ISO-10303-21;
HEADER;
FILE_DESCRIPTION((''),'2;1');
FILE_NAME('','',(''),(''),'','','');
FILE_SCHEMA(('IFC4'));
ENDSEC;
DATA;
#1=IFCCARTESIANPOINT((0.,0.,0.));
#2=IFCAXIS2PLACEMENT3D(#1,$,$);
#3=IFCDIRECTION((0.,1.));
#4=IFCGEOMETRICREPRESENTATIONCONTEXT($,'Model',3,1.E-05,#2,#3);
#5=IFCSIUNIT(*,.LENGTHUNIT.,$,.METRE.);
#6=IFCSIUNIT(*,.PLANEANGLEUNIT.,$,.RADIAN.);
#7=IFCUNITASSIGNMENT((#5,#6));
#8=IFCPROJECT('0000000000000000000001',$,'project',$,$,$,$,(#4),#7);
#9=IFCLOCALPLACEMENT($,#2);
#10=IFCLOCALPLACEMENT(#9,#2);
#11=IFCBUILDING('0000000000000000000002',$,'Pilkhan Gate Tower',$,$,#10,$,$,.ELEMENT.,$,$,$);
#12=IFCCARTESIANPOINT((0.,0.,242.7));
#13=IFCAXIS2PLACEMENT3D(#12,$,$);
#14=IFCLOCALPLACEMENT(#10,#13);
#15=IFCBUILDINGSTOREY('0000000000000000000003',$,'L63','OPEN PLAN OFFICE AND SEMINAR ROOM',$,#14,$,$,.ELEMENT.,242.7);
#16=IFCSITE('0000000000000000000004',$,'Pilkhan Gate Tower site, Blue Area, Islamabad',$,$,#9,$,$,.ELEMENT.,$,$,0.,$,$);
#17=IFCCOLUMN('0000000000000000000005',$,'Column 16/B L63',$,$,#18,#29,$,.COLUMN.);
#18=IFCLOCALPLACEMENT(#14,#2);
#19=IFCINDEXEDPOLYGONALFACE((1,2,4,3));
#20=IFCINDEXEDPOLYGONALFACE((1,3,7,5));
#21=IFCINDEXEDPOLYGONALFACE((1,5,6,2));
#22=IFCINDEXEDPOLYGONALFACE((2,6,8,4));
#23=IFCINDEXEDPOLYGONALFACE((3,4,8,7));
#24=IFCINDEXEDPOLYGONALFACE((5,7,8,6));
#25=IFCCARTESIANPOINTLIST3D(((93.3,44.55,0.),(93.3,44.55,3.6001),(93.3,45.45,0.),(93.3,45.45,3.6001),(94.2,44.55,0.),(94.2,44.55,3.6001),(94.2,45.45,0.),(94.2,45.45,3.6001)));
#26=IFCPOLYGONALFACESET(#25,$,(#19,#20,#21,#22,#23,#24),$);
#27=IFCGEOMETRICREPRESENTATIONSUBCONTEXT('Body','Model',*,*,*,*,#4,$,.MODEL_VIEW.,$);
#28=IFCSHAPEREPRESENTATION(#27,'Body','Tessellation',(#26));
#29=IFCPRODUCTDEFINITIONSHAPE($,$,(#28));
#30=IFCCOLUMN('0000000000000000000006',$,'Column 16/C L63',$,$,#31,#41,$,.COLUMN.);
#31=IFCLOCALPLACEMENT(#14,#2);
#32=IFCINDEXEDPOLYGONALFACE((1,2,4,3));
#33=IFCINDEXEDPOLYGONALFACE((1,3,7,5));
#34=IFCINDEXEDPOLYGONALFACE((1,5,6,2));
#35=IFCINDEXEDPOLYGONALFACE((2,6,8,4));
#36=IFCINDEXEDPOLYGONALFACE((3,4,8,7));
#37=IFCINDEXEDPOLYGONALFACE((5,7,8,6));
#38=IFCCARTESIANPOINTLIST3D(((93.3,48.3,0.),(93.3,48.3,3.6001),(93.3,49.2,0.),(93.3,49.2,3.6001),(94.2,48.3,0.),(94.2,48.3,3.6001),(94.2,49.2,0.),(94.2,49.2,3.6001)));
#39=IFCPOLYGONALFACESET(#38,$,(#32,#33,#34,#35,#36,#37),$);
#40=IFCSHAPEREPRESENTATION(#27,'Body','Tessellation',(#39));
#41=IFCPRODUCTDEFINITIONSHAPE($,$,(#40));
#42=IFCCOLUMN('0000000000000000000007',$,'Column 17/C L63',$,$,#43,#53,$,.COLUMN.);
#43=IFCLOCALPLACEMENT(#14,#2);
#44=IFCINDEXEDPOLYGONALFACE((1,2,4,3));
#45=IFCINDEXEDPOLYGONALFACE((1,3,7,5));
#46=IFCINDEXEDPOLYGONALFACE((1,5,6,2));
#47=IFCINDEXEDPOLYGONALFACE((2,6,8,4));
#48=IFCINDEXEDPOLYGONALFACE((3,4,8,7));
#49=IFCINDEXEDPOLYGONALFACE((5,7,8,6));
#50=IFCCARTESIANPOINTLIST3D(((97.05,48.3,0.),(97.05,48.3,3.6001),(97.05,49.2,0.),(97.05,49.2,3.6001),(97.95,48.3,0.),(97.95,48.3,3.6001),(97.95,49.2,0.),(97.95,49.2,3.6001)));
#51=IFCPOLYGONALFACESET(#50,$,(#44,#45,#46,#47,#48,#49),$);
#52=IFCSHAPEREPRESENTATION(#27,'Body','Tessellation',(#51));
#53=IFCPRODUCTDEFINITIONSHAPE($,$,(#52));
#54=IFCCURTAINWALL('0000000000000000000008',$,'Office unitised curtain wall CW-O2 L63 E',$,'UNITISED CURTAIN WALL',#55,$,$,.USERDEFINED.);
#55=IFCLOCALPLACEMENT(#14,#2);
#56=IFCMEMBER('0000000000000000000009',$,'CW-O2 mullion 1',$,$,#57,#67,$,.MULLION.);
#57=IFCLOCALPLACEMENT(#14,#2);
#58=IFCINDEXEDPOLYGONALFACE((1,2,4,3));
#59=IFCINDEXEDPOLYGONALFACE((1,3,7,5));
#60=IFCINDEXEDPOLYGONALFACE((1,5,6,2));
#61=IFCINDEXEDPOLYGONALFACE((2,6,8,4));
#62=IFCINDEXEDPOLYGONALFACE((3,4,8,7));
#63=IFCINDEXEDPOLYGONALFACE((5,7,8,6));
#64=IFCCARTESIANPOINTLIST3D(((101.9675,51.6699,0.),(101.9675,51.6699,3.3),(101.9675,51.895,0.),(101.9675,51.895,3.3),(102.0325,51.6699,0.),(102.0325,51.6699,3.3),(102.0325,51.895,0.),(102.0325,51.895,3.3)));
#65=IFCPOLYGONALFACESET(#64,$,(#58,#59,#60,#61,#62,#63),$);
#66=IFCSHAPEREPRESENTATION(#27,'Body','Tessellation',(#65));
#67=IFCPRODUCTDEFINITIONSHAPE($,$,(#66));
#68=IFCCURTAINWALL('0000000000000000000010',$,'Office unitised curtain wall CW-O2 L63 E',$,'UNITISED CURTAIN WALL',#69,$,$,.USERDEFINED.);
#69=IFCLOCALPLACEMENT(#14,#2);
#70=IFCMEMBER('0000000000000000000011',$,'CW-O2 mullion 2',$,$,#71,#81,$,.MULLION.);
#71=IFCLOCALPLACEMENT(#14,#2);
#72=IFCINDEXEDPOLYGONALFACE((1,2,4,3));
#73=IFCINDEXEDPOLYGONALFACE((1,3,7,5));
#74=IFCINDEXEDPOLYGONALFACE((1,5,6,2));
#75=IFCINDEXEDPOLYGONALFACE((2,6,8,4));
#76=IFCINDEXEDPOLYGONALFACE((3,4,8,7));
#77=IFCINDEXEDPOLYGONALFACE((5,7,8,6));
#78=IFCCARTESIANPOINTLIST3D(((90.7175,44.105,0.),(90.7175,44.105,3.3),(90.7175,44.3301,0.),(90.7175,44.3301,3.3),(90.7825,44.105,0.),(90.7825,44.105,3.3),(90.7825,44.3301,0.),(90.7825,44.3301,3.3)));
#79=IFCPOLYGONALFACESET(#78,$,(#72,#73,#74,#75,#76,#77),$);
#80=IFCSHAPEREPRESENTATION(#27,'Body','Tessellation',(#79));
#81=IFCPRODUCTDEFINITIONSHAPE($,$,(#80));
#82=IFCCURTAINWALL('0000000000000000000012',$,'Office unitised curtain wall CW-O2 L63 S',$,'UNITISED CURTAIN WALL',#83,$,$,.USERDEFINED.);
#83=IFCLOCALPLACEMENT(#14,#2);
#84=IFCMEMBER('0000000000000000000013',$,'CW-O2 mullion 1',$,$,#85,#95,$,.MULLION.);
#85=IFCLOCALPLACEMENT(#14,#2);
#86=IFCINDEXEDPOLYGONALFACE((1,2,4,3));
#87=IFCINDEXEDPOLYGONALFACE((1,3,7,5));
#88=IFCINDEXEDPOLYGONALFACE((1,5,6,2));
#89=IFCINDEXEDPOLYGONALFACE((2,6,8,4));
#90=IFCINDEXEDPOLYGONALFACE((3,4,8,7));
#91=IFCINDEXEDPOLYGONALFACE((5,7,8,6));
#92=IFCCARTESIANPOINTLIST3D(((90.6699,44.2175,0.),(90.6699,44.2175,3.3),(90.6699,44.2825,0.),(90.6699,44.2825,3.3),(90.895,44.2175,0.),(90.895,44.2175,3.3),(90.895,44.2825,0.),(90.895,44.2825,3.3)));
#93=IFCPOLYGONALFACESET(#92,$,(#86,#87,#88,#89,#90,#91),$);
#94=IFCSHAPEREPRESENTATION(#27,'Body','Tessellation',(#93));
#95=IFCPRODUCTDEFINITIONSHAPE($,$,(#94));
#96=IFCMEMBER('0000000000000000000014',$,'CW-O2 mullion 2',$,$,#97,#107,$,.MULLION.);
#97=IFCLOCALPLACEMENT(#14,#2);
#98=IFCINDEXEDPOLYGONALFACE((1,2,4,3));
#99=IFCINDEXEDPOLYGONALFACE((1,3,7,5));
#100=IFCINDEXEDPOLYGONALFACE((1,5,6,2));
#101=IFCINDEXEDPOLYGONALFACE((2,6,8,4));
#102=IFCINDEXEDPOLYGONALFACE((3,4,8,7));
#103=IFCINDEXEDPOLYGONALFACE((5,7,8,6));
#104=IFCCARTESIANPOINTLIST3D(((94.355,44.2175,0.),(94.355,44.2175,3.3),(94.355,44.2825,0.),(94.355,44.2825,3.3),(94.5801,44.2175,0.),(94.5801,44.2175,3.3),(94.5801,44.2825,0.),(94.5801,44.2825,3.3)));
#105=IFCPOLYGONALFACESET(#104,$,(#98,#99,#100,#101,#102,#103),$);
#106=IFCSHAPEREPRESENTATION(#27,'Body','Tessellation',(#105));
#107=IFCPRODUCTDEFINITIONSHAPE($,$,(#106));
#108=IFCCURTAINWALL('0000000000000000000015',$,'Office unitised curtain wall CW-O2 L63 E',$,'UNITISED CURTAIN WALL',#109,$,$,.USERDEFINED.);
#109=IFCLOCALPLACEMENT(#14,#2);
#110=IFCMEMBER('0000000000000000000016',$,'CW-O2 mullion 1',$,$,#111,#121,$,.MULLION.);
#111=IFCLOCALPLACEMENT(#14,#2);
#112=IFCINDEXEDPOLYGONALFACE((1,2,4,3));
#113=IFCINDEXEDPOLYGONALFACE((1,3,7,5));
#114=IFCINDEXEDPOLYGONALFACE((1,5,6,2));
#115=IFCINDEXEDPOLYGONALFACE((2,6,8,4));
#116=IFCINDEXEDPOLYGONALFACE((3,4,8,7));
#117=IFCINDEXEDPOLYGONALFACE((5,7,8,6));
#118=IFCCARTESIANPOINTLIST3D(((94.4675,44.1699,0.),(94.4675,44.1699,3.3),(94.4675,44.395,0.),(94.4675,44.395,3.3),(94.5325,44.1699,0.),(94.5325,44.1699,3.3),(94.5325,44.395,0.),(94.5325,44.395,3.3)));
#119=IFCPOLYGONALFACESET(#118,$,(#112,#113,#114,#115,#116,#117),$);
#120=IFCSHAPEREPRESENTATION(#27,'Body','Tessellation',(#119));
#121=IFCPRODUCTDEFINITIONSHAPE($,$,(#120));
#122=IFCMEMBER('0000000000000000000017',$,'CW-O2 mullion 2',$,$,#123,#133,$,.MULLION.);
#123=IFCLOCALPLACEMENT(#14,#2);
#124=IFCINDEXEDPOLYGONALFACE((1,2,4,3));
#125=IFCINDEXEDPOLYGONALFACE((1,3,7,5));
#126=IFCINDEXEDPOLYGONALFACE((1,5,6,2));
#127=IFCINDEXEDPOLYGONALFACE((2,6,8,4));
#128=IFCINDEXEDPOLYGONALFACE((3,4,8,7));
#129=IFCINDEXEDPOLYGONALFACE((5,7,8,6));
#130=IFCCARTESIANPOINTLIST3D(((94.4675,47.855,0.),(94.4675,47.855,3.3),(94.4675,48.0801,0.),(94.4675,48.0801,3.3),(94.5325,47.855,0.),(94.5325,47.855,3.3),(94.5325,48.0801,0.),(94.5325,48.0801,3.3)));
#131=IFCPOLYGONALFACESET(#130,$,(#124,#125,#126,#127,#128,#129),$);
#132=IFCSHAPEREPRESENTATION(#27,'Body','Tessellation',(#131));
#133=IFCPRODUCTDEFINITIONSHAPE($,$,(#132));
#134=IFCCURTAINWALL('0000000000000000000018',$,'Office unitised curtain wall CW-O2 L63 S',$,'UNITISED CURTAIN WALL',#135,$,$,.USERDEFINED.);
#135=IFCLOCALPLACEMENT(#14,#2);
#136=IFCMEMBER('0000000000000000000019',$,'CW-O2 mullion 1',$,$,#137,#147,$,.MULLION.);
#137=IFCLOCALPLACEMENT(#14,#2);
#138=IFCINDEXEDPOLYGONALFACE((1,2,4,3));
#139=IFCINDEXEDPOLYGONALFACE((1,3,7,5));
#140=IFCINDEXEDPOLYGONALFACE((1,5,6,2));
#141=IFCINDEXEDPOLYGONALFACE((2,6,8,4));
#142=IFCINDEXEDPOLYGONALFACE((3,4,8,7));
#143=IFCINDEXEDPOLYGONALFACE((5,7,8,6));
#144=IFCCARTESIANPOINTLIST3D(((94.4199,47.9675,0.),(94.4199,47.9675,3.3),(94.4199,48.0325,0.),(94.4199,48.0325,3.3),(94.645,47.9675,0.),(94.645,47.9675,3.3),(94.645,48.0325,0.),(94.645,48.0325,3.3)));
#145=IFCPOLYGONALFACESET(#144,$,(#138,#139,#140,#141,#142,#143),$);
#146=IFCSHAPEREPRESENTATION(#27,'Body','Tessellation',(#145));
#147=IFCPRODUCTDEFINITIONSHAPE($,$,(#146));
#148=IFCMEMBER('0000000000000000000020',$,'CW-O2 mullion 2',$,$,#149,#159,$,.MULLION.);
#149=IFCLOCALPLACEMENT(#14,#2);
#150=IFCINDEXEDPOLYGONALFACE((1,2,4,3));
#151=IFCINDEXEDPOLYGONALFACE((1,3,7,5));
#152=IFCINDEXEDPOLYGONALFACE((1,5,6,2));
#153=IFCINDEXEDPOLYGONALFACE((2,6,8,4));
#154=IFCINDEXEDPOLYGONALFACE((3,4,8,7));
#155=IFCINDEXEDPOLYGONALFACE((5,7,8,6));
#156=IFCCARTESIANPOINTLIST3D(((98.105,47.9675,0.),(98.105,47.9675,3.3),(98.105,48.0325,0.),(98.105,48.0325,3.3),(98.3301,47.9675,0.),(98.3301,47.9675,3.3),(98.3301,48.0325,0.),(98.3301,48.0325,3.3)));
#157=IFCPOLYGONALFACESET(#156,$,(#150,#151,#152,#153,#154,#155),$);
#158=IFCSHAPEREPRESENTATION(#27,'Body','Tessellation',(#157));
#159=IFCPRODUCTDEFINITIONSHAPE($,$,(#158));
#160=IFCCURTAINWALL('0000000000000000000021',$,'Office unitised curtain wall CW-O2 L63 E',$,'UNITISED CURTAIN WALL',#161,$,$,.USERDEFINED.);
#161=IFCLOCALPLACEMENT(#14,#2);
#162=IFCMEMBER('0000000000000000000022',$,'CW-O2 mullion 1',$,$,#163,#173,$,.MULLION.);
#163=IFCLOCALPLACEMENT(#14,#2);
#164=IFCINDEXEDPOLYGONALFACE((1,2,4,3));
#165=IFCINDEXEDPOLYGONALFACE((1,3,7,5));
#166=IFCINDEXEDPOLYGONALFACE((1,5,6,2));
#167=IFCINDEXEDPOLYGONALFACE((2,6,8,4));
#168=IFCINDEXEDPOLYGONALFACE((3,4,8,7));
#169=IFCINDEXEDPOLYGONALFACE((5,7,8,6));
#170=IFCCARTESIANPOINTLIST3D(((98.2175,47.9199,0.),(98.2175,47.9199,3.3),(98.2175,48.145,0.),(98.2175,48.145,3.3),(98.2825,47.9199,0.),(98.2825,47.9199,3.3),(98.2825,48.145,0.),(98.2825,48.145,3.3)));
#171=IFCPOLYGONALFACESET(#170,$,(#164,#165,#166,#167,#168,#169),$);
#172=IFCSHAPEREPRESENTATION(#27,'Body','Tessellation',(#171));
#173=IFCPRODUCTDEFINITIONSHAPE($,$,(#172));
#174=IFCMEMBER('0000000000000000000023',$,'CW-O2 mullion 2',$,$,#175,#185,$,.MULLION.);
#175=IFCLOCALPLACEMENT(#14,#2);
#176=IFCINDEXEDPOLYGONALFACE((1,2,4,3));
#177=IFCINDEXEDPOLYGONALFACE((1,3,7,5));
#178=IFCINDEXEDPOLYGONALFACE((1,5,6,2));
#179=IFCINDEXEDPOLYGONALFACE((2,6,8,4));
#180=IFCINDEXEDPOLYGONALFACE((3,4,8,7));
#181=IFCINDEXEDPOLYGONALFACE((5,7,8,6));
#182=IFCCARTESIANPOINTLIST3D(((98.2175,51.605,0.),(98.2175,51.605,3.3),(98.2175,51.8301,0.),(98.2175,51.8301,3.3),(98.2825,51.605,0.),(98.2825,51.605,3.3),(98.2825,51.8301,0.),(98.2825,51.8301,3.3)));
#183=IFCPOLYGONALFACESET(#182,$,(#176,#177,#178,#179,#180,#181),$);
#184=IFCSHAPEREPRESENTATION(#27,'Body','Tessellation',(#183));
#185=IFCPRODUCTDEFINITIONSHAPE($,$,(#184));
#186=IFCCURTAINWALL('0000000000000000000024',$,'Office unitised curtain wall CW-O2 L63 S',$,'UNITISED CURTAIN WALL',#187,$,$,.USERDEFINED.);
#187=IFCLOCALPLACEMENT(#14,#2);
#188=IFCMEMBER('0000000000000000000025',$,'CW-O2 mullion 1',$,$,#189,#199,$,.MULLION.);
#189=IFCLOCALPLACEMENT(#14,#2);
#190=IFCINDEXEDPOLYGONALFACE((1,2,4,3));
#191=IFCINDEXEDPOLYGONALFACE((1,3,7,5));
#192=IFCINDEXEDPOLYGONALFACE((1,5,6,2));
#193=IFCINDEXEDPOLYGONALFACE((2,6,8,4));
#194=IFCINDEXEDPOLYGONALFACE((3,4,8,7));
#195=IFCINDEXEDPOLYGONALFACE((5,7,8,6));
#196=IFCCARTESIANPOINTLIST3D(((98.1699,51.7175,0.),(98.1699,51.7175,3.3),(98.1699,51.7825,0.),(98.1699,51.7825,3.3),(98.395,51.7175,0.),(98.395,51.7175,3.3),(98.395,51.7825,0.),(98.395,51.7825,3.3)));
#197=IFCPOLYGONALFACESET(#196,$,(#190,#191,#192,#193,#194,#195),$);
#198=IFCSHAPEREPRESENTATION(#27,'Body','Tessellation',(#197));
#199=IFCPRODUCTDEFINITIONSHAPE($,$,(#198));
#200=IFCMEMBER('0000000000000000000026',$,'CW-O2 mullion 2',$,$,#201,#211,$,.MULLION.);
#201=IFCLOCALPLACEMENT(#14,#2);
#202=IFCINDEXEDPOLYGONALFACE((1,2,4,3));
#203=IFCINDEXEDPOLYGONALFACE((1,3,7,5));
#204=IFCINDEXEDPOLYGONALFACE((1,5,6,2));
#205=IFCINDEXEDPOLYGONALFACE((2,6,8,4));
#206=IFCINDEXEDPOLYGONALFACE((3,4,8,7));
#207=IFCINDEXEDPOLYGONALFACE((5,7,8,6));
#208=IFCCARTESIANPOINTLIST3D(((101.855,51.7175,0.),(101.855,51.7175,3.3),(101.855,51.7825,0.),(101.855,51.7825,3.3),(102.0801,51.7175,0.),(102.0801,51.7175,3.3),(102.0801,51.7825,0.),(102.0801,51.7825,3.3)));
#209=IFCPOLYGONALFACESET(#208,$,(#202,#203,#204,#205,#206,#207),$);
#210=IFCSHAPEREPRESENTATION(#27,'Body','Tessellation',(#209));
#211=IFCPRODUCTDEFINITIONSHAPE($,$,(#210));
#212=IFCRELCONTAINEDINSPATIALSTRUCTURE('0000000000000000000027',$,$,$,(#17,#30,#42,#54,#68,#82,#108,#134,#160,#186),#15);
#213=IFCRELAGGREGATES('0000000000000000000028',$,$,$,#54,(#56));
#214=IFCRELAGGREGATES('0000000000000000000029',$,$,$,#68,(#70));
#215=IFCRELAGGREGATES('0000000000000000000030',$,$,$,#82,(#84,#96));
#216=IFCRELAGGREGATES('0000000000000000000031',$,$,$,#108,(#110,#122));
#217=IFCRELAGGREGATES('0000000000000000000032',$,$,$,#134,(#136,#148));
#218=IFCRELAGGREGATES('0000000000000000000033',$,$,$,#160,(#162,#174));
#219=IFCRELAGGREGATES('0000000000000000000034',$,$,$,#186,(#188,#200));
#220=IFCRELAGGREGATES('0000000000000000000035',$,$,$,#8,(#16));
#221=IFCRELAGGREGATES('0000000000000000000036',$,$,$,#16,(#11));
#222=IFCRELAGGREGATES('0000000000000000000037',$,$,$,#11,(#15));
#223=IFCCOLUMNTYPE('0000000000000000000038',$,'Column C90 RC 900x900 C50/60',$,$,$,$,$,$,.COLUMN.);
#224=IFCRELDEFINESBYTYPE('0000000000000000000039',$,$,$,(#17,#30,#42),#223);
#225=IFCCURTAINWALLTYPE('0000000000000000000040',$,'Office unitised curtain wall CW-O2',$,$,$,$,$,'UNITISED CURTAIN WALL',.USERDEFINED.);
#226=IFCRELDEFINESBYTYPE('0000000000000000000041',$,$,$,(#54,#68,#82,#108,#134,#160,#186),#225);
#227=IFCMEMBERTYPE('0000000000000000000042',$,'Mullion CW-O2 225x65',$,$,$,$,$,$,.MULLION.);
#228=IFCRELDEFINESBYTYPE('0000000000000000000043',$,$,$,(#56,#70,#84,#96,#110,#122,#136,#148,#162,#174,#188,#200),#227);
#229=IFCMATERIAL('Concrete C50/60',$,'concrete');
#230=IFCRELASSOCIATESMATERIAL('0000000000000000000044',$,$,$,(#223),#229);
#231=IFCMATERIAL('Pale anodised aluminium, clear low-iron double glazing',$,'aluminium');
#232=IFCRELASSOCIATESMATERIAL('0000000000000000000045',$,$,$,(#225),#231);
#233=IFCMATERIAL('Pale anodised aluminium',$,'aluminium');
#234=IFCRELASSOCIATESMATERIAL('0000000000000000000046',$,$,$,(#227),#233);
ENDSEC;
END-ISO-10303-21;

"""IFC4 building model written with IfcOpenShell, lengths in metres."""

from ifc_helpers import new_model, si_unit, direction, frame, origin, origin_2d, place, context, subcontext, project, spatial, rectangle, extrude, material, material_profile, profile_set, type_object, element, aggregate, save


model = new_model("IFC4")

# Units and contexts
model_context = context("Model", 3, precision=1e-05, world=origin(), true_north=direction((0.0, 1.0)))
body_context = subcontext(model_context, "Body", "Model", "MODEL_VIEW")
ifc_project = project(units=[si_unit("LENGTHUNIT", "METRE"), si_unit("PLANEANGLEUNIT", "RADIAN")], contexts=[model_context])

# Site, building, storey
site_placement = place(None, origin())
site = spatial("IfcSite", under=ifc_project, at=site_placement, Name="Pilkhan Gate Tower site, Blue Area, Islamabad", CompositionType="ELEMENT", RefElevation=0.0)
building_placement = place(site_placement, origin())
building = spatial("IfcBuilding", under=site, at=building_placement, Name="Pilkhan Gate Tower", CompositionType="ELEMENT")
storey_placement = place(building_placement, frame((0.0, 0.0, 242.7)))
storey = spatial("IfcBuildingStorey", under=building, at=storey_placement, Name="L63", Description="OPEN PLAN OFFICE AND SEMINAR ROOM", CompositionType="ELEMENT", Elevation=242.7)

# Columns
ifc_material_1 = material(Name="Concrete C50/60", Category="concrete")
ifc_material_profile_1 = material_profile(ifc_material_1, rectangle(XDim=0.8999, YDim=0.8999, at=origin_2d()), Name="RC 900x900")
ifc_profile_set_1 = profile_set([ifc_material_profile_1], Name="Concrete C50/60")
column_type = type_object("IfcColumnType", Name="Column C90 RC 900x900 C50/60", PredefinedType="COLUMN", material=ifc_profile_set_1)
for number, where, z_axis, x_axis, name in (
    (1, (93.75, 45.0, 0.0), (0.0, 0.0, 1.0), (1.0, 0.0, 0.0), "Column 16/B L63"),
    (2, (93.75, 48.75, 0.0), (0.0, 0.0, 1.0), (1.0, 0.0, 0.0), "Column 16/C L63"),
    (3, (97.5, 48.75, 0.0), (0.0, 0.0, 1.0), (1.0, 0.0, 0.0), "Column 17/C L63"),
):
    element("IfcColumn", number, at=place(storey_placement, frame(where, z_axis=z_axis, x_axis=x_axis)), inside=storey, type_object=column_type, Name=name, PredefinedType="COLUMN", context=body_context, shape_type="SweptSolid", body=[
        extrude(rectangle(XDim=0.8999, YDim=0.8999, at=origin_2d()), origin(), (0.0, 0.0, 1.0), 3.6001),
    ])

# Curtain walls, members
ifc_material_2 = material(Name="Pale anodised aluminium, clear low-iron double glazing", Category="aluminium")
curtain_wall_type = type_object("IfcCurtainWallType", Name="Office unitised curtain wall CW-O2", ElementType="UNITISED CURTAIN WALL", PredefinedType="USERDEFINED", material=ifc_material_2)
curtain_wall_1_placement = place(storey_placement, origin())
curtain_wall_1 = element("IfcCurtainWall", 4, at=curtain_wall_1_placement, inside=storey, type_object=curtain_wall_type, Name="Office unitised curtain wall CW-O2 L63 E", ObjectType="UNITISED CURTAIN WALL", PredefinedType="USERDEFINED")
ifc_material_3 = material(Name="Pale anodised aluminium", Category="aluminium")
ifc_material_profile_2 = material_profile(ifc_material_3, rectangle(XDim=0.0649, YDim=0.2251, at=origin_2d()), Name="Mullion 225x65")
ifc_profile_set_2 = profile_set([ifc_material_profile_2], Name="Pale anodised aluminium")
member_type_1 = type_object("IfcMemberType", Name="Mullion CW-O2 225x65", PredefinedType="MULLION", material=ifc_profile_set_2)
member_1_placement = place(storey_placement, frame((102.0, 51.7825, 0.0), z_axis=(0.0, 0.0, 1.0), x_axis=(-1.0, 0.0, 0.0)))
member_1 = element("IfcMember", 5, at=member_1_placement, type_object=member_type_1, Name="CW-O2 mullion 1", PredefinedType="MULLION", context=body_context, shape_type="SweptSolid", body=[
    extrude(rectangle(XDim=0.0649, YDim=0.2251, at=origin_2d()), origin(), (0.0, 0.0, 1.0), 3.3),
])
curtain_wall_2_placement = place(storey_placement, origin())
curtain_wall_2 = element("IfcCurtainWall", 6, at=curtain_wall_2_placement, inside=storey, type_object=curtain_wall_type, Name="Office unitised curtain wall CW-O2 L63 E", ObjectType="UNITISED CURTAIN WALL", PredefinedType="USERDEFINED")
member_2_placement = place(storey_placement, frame((90.75, 44.2175, 0.0), z_axis=(0.0, 0.0, 1.0), x_axis=(-1.0, 0.0, 0.0)))
member_2 = element("IfcMember", 7, at=member_2_placement, type_object=member_type_1, Name="CW-O2 mullion 2", PredefinedType="MULLION", context=body_context, shape_type="SweptSolid", body=[
    extrude(rectangle(XDim=0.0649, YDim=0.2251, at=origin_2d()), origin(), (0.0, 0.0, 1.0), 3.3),
])

# Curtain walls, members
curtain_wall_3_placement = place(storey_placement, origin())
curtain_wall_3 = element("IfcCurtainWall", 8, at=curtain_wall_3_placement, inside=storey, type_object=curtain_wall_type, Name="Office unitised curtain wall CW-O2 L63 S", ObjectType="UNITISED CURTAIN WALL", PredefinedType="USERDEFINED")
member_3_placement = place(storey_placement, frame((90.7825, 44.25, 0.0), z_axis=(0.0, 0.0, 1.0), x_axis=(0.0, 1.0, 0.0)))
member_3 = element("IfcMember", 9, at=member_3_placement, type_object=member_type_1, Name="CW-O2 mullion 1", PredefinedType="MULLION", context=body_context, shape_type="SweptSolid", body=[
    extrude(rectangle(XDim=0.0649, YDim=0.2251, at=origin_2d()), origin(), (0.0, 0.0, 1.0), 3.3),
])
member_4_placement = place(storey_placement, frame((94.4675, 44.25, 0.0), z_axis=(0.0, 0.0, 1.0), x_axis=(0.0, 1.0, 0.0)))
member_4 = element("IfcMember", 10, at=member_4_placement, type_object=member_type_1, Name="CW-O2 mullion 2", PredefinedType="MULLION", context=body_context, shape_type="SweptSolid", body=[
    extrude(rectangle(XDim=0.0649, YDim=0.2251, at=origin_2d()), origin(), (0.0, 0.0, 1.0), 3.3),
])
curtain_wall_4_placement = place(storey_placement, origin())
curtain_wall_4 = element("IfcCurtainWall", 11, at=curtain_wall_4_placement, inside=storey, type_object=curtain_wall_type, Name="Office unitised curtain wall CW-O2 L63 E", ObjectType="UNITISED CURTAIN WALL", PredefinedType="USERDEFINED")
member_5_placement = place(storey_placement, frame((94.5, 44.2825, 0.0), z_axis=(0.0, 0.0, 1.0), x_axis=(-1.0, 0.0, 0.0)))
member_5 = element("IfcMember", 12, at=member_5_placement, type_object=member_type_1, Name="CW-O2 mullion 1", PredefinedType="MULLION", context=body_context, shape_type="SweptSolid", body=[
    extrude(rectangle(XDim=0.0649, YDim=0.2251, at=origin_2d()), origin(), (0.0, 0.0, 1.0), 3.3),
])
member_6_placement = place(storey_placement, frame((94.5, 47.9675, 0.0), z_axis=(0.0, 0.0, 1.0), x_axis=(-1.0, 0.0, 0.0)))
member_6 = element("IfcMember", 13, at=member_6_placement, type_object=member_type_1, Name="CW-O2 mullion 2", PredefinedType="MULLION", context=body_context, shape_type="SweptSolid", body=[
    extrude(rectangle(XDim=0.0649, YDim=0.2251, at=origin_2d()), origin(), (0.0, 0.0, 1.0), 3.3),
])
curtain_wall_5_placement = place(storey_placement, origin())
curtain_wall_5 = element("IfcCurtainWall", 14, at=curtain_wall_5_placement, inside=storey, type_object=curtain_wall_type, Name="Office unitised curtain wall CW-O2 L63 S", ObjectType="UNITISED CURTAIN WALL", PredefinedType="USERDEFINED")
member_7_placement = place(storey_placement, frame((94.5325, 48.0, 0.0), z_axis=(0.0, 0.0, 1.0), x_axis=(0.0, 1.0, 0.0)))
member_7 = element("IfcMember", 15, at=member_7_placement, type_object=member_type_1, Name="CW-O2 mullion 1", PredefinedType="MULLION", context=body_context, shape_type="SweptSolid", body=[
    extrude(rectangle(XDim=0.0649, YDim=0.2251, at=origin_2d()), origin(), (0.0, 0.0, 1.0), 3.3),
])
member_8_placement = place(storey_placement, frame((98.2175, 48.0, 0.0), z_axis=(0.0, 0.0, 1.0), x_axis=(0.0, 1.0, 0.0)))
member_8 = element("IfcMember", 16, at=member_8_placement, type_object=member_type_1, Name="CW-O2 mullion 2", PredefinedType="MULLION", context=body_context, shape_type="SweptSolid", body=[
    extrude(rectangle(XDim=0.0649, YDim=0.2251, at=origin_2d()), origin(), (0.0, 0.0, 1.0), 3.3),
])
curtain_wall_6_placement = place(storey_placement, origin())
curtain_wall_6 = element("IfcCurtainWall", 17, at=curtain_wall_6_placement, inside=storey, type_object=curtain_wall_type, Name="Office unitised curtain wall CW-O2 L63 E", ObjectType="UNITISED CURTAIN WALL", PredefinedType="USERDEFINED")
member_9_placement = place(storey_placement, frame((98.25, 48.0325, 0.0), z_axis=(0.0, 0.0, 1.0), x_axis=(-1.0, 0.0, 0.0)))
member_9 = element("IfcMember", 18, at=member_9_placement, type_object=member_type_1, Name="CW-O2 mullion 1", PredefinedType="MULLION", context=body_context, shape_type="SweptSolid", body=[
    extrude(rectangle(XDim=0.0649, YDim=0.2251, at=origin_2d()), origin(), (0.0, 0.0, 1.0), 3.3),
])
member_10_placement = place(storey_placement, frame((98.25, 51.7175, 0.0), z_axis=(0.0, 0.0, 1.0), x_axis=(-1.0, 0.0, 0.0)))
member_10 = element("IfcMember", 19, at=member_10_placement, type_object=member_type_1, Name="CW-O2 mullion 2", PredefinedType="MULLION", context=body_context, shape_type="SweptSolid", body=[
    extrude(rectangle(XDim=0.0649, YDim=0.2251, at=origin_2d()), origin(), (0.0, 0.0, 1.0), 3.3),
])
curtain_wall_7_placement = place(storey_placement, origin())
curtain_wall_7 = element("IfcCurtainWall", 20, at=curtain_wall_7_placement, inside=storey, type_object=curtain_wall_type, Name="Office unitised curtain wall CW-O2 L63 S", ObjectType="UNITISED CURTAIN WALL", PredefinedType="USERDEFINED")
member_11_placement = place(storey_placement, frame((98.2825, 51.75, 0.0), z_axis=(0.0, 0.0, 1.0), x_axis=(0.0, 1.0, 0.0)))
member_11 = element("IfcMember", 21, at=member_11_placement, type_object=member_type_1, Name="CW-O2 mullion 1", PredefinedType="MULLION", context=body_context, shape_type="SweptSolid", body=[
    extrude(rectangle(XDim=0.0649, YDim=0.2251, at=origin_2d()), origin(), (0.0, 0.0, 1.0), 3.3),
])
member_12_placement = place(storey_placement, frame((101.9675, 51.75, 0.0), z_axis=(0.0, 0.0, 1.0), x_axis=(0.0, 1.0, 0.0)))
member_12 = element("IfcMember", 22, at=member_12_placement, type_object=member_type_1, Name="CW-O2 mullion 2", PredefinedType="MULLION", context=body_context, shape_type="SweptSolid", body=[
    extrude(rectangle(XDim=0.0649, YDim=0.2251, at=origin_2d()), origin(), (0.0, 0.0, 1.0), 3.3),
])

aggregate(curtain_wall_1, [member_1])

aggregate(curtain_wall_2, [member_2])
aggregate(curtain_wall_3, [member_3, member_4])
aggregate(curtain_wall_4, [member_5, member_6])
aggregate(curtain_wall_5, [member_7, member_8])
aggregate(curtain_wall_6, [member_9, member_10])
aggregate(curtain_wall_7, [member_11, member_12])

save(model, "model.ifc")
